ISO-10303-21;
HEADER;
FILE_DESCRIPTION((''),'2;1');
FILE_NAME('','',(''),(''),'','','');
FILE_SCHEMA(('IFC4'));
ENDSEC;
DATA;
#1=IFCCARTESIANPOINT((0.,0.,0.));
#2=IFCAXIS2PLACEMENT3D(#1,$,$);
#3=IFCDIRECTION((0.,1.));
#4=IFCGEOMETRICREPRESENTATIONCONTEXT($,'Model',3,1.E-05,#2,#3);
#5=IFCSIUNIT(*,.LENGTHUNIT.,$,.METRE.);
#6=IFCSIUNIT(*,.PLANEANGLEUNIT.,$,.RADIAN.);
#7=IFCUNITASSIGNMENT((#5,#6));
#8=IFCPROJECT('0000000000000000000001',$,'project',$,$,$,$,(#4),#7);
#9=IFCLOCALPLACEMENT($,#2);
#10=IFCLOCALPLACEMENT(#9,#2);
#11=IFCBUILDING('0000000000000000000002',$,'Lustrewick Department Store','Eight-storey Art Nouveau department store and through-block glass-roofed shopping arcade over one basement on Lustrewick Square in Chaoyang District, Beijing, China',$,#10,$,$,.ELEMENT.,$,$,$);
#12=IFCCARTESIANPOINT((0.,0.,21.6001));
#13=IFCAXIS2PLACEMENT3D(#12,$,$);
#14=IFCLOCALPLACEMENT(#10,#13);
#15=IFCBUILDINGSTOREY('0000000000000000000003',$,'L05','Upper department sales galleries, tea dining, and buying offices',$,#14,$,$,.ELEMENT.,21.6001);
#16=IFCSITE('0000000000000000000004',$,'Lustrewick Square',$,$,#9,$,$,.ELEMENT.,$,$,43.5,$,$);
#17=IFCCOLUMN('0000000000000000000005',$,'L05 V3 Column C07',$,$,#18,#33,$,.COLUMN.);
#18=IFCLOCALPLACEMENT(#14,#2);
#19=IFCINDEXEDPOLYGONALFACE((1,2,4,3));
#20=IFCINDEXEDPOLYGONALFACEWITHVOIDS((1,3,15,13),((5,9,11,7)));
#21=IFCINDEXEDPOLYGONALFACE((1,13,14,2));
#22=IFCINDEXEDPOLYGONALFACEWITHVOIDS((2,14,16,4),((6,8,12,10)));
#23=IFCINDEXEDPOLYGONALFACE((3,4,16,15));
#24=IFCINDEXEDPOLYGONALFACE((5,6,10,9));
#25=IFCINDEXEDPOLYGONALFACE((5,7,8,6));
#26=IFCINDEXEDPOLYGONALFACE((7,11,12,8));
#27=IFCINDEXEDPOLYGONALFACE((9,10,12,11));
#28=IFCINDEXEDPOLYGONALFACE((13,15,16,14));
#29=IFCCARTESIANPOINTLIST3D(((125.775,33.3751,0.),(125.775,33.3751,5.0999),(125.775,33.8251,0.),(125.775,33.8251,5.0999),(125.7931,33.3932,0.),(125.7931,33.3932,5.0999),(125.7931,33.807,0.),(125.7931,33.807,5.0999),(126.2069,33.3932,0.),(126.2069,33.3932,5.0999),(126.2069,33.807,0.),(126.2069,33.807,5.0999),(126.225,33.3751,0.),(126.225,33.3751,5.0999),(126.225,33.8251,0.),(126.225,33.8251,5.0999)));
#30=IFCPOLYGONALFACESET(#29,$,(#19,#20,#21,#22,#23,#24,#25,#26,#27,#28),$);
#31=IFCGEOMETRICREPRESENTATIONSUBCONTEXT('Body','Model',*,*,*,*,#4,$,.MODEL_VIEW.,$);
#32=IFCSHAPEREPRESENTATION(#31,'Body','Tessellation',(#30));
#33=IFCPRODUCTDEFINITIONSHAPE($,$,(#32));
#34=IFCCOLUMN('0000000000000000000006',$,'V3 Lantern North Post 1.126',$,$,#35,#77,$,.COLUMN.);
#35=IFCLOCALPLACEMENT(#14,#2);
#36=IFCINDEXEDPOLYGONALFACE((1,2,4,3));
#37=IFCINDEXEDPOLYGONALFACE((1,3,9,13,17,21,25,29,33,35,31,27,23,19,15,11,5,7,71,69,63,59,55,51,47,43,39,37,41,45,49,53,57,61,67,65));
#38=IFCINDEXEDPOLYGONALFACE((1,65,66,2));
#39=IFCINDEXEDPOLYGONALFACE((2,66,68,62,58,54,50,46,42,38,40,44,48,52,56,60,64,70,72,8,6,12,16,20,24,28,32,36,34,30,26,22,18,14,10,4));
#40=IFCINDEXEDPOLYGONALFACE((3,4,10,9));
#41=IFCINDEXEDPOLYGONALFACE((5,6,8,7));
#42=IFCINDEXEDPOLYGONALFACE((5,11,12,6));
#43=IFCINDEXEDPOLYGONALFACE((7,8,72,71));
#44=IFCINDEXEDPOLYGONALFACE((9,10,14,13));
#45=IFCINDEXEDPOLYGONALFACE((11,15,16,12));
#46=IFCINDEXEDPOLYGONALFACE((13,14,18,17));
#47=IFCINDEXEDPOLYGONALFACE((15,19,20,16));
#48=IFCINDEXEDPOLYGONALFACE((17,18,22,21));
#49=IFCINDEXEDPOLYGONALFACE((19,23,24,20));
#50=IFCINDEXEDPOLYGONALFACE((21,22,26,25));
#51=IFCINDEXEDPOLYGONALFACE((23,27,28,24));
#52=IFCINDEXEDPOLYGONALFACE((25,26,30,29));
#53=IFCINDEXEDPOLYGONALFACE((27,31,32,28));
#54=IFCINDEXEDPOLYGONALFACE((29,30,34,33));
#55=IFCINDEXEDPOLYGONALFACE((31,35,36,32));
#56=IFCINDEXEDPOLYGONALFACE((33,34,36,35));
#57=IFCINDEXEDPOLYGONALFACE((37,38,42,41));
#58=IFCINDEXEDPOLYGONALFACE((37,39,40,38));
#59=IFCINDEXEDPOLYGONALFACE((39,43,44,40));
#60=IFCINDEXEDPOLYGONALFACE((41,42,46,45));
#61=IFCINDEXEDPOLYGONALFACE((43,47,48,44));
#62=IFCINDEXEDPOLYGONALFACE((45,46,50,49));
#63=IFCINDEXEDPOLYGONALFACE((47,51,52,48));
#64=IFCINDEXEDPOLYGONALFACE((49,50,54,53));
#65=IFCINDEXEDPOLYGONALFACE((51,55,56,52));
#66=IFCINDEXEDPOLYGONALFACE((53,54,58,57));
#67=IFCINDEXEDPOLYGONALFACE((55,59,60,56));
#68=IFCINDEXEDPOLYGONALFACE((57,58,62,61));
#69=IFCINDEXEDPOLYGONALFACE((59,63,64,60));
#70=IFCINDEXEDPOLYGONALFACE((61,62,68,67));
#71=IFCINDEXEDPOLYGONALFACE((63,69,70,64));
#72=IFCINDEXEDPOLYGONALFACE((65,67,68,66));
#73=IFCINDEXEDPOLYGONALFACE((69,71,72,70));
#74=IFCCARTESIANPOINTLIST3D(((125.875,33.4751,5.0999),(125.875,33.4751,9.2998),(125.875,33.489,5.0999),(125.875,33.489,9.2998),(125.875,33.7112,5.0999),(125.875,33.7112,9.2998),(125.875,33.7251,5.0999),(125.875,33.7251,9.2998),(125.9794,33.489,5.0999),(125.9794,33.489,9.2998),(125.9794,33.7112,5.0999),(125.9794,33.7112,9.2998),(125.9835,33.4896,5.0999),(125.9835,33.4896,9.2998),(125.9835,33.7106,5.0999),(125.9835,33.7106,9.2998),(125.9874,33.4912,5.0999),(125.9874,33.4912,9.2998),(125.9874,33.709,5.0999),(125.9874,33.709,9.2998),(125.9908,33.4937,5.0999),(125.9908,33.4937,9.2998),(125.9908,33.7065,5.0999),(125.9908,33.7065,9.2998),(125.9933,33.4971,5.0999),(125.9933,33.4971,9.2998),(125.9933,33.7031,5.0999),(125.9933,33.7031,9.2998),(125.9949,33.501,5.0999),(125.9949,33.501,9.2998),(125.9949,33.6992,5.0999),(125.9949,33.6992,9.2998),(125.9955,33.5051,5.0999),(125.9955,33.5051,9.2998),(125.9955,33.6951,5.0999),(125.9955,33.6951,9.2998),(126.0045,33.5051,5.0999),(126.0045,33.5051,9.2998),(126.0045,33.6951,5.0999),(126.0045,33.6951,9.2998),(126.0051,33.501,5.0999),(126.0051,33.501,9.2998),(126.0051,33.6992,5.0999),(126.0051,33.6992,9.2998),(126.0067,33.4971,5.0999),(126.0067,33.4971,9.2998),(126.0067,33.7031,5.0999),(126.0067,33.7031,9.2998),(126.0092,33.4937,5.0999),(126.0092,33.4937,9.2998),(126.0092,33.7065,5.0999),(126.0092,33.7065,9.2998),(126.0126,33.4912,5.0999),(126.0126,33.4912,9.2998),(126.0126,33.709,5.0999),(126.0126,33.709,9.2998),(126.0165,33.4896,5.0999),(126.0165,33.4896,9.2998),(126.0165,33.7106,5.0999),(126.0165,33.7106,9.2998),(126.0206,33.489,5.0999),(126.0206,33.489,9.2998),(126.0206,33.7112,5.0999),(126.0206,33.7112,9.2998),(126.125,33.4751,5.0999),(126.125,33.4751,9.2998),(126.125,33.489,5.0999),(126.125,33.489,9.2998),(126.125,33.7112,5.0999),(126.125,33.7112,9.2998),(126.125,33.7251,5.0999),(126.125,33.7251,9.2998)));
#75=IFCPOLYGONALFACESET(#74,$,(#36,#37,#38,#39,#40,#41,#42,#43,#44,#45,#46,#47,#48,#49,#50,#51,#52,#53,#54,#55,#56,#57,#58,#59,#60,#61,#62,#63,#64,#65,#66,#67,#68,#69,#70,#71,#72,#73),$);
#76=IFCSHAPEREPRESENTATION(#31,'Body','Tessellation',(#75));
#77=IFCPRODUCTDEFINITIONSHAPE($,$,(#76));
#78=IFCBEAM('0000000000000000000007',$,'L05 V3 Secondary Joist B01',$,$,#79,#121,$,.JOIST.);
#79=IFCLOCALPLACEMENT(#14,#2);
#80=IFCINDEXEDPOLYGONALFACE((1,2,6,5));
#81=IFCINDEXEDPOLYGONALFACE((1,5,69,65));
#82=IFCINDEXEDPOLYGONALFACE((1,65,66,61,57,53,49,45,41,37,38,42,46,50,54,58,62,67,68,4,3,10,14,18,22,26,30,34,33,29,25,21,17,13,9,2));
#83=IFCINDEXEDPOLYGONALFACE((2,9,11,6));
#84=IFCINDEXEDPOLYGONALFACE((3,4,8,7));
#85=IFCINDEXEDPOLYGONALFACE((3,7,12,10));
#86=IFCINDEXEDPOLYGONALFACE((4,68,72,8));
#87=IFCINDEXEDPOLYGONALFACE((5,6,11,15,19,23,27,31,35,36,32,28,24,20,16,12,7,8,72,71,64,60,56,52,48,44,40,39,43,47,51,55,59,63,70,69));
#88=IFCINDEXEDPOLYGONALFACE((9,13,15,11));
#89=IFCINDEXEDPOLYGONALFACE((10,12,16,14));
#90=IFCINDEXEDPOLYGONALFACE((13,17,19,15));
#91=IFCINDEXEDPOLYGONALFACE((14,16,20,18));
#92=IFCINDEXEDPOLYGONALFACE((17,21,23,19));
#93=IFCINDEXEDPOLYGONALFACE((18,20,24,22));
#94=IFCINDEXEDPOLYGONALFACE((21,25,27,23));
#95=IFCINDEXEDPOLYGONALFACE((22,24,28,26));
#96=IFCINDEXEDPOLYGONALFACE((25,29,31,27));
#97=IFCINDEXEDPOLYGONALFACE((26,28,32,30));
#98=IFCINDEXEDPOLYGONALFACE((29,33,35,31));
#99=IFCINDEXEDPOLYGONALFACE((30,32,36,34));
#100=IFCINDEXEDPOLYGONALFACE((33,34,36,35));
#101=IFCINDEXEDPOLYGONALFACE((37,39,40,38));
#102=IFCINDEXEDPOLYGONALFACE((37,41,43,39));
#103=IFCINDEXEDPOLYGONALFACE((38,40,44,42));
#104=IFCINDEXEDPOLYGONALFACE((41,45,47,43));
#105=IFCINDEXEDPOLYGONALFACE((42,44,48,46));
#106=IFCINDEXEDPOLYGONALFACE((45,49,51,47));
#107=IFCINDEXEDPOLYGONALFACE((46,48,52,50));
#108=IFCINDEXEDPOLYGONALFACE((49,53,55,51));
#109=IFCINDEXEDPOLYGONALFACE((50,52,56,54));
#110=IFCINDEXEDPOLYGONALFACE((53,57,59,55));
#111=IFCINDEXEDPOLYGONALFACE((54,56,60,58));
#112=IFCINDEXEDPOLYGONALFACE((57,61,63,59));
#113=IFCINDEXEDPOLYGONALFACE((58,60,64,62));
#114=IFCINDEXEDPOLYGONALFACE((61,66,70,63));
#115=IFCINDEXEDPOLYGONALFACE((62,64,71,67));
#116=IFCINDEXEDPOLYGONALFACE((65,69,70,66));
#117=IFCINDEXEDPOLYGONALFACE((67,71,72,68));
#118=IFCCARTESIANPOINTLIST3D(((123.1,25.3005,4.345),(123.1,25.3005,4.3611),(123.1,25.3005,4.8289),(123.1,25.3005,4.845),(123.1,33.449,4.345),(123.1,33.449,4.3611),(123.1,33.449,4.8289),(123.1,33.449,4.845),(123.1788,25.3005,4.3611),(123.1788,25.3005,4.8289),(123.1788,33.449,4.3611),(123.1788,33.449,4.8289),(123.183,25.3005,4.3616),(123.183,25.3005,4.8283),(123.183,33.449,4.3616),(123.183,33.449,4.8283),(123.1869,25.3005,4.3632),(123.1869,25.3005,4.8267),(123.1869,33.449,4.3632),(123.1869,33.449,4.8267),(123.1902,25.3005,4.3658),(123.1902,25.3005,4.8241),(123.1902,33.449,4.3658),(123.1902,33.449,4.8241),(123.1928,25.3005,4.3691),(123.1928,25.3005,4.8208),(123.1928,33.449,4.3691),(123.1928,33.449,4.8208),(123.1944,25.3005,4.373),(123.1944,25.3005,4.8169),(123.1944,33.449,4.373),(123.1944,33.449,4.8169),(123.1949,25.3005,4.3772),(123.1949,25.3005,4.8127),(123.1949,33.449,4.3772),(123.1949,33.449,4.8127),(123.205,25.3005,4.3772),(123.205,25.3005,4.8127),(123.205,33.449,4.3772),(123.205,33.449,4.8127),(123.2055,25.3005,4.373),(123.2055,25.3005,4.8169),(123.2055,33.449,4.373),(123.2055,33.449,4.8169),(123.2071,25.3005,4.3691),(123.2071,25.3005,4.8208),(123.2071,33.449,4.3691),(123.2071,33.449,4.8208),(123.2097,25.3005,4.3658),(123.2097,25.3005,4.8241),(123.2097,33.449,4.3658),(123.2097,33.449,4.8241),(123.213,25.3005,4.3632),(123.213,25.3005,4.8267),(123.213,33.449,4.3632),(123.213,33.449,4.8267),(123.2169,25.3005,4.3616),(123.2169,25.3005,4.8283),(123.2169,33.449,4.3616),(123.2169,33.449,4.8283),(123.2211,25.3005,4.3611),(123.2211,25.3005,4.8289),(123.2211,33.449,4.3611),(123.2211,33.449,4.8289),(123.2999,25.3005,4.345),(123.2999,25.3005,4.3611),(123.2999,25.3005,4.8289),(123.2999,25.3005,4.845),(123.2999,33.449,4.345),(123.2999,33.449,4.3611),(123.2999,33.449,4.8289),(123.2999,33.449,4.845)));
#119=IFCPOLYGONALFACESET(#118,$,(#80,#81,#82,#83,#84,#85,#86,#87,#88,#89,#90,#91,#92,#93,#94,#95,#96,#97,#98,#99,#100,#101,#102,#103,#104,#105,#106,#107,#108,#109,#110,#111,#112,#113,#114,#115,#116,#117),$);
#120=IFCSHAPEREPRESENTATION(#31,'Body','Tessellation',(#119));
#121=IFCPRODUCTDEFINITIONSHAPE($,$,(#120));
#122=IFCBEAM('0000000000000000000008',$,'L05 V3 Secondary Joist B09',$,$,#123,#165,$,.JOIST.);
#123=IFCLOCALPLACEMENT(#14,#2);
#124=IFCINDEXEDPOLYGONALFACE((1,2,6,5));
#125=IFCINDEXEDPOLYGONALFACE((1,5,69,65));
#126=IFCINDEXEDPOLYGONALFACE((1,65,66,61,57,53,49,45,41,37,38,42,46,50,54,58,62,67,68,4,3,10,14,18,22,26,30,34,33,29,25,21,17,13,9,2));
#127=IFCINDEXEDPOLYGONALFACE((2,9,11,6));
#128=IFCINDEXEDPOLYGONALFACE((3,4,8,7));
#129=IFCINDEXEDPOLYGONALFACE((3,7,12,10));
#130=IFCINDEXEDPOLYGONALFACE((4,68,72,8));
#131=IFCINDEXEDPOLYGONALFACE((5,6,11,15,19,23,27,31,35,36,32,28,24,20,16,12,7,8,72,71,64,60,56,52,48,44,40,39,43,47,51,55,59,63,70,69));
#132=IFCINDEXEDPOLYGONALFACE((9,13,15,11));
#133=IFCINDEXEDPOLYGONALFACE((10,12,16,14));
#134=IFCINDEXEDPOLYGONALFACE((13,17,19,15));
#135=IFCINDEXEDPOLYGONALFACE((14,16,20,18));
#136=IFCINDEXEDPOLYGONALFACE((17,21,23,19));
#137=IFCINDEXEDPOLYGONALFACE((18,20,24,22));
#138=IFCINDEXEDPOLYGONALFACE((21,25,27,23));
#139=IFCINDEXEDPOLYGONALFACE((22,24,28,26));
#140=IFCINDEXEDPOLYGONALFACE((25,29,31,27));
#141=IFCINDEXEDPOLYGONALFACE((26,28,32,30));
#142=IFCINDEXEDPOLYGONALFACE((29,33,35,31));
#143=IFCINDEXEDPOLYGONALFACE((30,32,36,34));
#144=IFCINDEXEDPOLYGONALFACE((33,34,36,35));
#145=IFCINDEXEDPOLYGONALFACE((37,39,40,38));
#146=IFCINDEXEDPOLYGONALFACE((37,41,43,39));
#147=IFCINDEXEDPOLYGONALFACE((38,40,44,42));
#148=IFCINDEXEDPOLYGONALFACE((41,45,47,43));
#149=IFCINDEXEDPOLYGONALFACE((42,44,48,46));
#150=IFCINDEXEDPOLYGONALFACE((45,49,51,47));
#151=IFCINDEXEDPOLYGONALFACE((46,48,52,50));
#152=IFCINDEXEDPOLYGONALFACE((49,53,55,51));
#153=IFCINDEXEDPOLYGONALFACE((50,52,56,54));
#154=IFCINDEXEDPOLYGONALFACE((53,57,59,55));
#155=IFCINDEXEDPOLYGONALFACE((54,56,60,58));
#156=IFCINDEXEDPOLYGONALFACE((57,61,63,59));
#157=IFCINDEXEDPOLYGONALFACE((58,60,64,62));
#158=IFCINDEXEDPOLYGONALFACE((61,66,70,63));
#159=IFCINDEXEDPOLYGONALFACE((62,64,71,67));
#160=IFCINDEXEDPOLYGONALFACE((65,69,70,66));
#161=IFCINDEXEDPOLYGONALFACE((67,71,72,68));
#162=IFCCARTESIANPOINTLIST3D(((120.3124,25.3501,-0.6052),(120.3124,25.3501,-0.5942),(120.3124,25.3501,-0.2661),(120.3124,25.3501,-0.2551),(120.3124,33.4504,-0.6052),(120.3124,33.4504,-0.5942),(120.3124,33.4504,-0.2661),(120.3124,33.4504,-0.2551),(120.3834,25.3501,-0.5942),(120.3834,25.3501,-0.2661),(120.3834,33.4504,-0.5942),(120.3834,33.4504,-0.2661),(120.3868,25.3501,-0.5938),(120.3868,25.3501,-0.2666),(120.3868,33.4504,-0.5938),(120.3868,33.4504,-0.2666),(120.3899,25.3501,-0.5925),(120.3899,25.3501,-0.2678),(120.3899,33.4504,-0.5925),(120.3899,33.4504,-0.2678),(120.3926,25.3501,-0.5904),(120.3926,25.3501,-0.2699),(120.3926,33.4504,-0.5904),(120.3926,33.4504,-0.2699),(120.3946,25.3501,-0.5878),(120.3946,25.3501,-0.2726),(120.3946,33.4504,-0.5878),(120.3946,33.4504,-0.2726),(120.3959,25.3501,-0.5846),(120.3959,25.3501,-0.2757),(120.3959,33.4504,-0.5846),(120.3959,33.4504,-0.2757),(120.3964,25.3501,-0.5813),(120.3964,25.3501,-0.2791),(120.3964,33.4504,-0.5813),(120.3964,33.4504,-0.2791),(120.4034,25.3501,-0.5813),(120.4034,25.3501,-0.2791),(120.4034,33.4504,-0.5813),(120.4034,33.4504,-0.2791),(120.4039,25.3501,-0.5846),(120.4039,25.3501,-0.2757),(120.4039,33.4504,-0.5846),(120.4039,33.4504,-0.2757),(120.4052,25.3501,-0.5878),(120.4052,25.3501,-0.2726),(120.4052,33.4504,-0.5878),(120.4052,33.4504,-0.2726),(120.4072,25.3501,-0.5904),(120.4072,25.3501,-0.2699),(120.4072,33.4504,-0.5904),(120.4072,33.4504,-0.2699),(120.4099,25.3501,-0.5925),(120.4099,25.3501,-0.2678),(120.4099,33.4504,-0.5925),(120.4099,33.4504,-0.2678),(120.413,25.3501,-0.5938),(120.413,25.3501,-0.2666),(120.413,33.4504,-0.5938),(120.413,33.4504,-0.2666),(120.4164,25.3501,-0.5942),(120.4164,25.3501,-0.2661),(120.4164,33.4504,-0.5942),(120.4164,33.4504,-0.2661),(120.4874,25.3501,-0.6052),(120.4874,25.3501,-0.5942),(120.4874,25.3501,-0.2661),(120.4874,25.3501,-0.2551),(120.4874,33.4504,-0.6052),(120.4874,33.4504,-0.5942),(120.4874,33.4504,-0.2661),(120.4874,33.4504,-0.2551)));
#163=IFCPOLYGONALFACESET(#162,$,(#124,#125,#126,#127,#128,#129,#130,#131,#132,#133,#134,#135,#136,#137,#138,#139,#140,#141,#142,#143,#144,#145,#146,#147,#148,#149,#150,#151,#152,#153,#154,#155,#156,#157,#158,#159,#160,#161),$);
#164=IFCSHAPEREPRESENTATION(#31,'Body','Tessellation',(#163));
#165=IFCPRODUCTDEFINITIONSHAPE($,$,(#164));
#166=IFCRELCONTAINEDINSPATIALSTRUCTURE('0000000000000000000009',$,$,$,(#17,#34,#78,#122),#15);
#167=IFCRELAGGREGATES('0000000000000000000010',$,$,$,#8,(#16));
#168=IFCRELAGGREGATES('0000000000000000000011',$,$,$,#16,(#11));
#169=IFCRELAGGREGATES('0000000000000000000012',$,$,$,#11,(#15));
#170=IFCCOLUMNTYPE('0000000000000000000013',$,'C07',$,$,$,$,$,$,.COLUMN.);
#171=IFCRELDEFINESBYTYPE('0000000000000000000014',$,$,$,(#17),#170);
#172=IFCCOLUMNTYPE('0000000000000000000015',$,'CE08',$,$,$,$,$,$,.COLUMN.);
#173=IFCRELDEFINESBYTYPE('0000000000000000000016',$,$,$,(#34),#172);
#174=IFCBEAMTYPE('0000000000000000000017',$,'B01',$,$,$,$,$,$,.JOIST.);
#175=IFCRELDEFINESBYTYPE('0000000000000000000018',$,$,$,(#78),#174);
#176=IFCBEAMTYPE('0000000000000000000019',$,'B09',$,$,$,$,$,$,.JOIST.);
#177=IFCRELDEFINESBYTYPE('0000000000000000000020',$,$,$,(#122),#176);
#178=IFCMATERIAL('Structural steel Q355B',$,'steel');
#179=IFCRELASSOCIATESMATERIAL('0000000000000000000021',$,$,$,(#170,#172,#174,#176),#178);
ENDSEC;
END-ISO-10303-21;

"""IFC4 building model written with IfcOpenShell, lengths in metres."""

from ifc_helpers import new_model, si_unit, direction, frame, origin, origin_2d, place, context, subcontext, project, spatial, hollow_rectangle, i_section, extrude, material, material_profile, profile_set, type_object, element, save


model = new_model("IFC4")

# Units and contexts
model_context = context("Model", 3, precision=1e-05, world=origin(), true_north=direction((0.0, 1.0)))
body_context = subcontext(model_context, "Body", "Model", "MODEL_VIEW")
ifc_project = project(units=[si_unit("LENGTHUNIT", "METRE"), si_unit("PLANEANGLEUNIT", "RADIAN")], contexts=[model_context])

# Site, building, storey
site_placement = place(None, origin())
site = spatial("IfcSite", under=ifc_project, at=site_placement, Name="Lustrewick Square", CompositionType="ELEMENT", RefElevation=43.5)
building_placement = place(site_placement, origin())
building = spatial("IfcBuilding", under=site, at=building_placement, Name="Lustrewick Department Store", Description="Eight-storey Art Nouveau department store and through-block glass-roofed shopping arcade over one basement on Lustrewick Square in Chaoyang District, Beijing, China", CompositionType="ELEMENT")
storey_placement = place(building_placement, frame((0.0, 0.0, 21.6001)))
storey = spatial("IfcBuildingStorey", under=building, at=storey_placement, Name="L05", Description="Upper department sales galleries, tea dining, and buying offices", CompositionType="ELEMENT", Elevation=21.6001)

# Columns
ifc_material_1 = material(Name="Structural steel Q355B", Category="steel")
ifc_material_profile_1 = material_profile(ifc_material_1, hollow_rectangle(XDim=0.45, YDim=0.45, WallThickness=0.0181, at=origin_2d()), Name="BOX 450x450x18")
ifc_profile_set_1 = profile_set([ifc_material_profile_1], Name="Structural steel Q355B")
column_type_1 = type_object("IfcColumnType", Name="C07", PredefinedType="COLUMN", material=ifc_profile_set_1)
column_1_placement = place(storey_placement, frame((126.0, 33.6001, 0.0), z_axis=(0.0, 0.0, 1.0), x_axis=(1.0, 0.0, 0.0)))
element("IfcColumn", 1, at=column_1_placement, inside=storey, type_object=column_type_1, Name="L05 V3 Column C07", PredefinedType="COLUMN", context=body_context, shape_type="SweptSolid", body=[
    extrude(hollow_rectangle(XDim=0.45, YDim=0.45, WallThickness=0.0181, at=origin_2d()), origin(), (0.0, 0.0, 1.0), 5.0999),
])
ifc_material_profile_2 = material_profile(ifc_material_1, i_section(OverallWidth=0.25, OverallDepth=0.25, WebThickness=0.009, FlangeThickness=0.0139, FilletRadius=0.0161, at=origin_2d()), Name="HW 250x250x9x14")
ifc_profile_set_2 = profile_set([ifc_material_profile_2], Name="Structural steel Q355B")
column_type_2 = type_object("IfcColumnType", Name="CE08", PredefinedType="COLUMN", material=ifc_profile_set_2)
column_2_placement = place(storey_placement, frame((126.0, 33.6001, 5.0999), z_axis=(0.0, 0.0, 1.0), x_axis=(1.0, 0.0, 0.0)))
element("IfcColumn", 2, at=column_2_placement, inside=storey, type_object=column_type_2, Name="V3 Lantern North Post 1.126", PredefinedType="COLUMN", context=body_context, shape_type="SweptSolid", body=[
    extrude(i_section(OverallWidth=0.25, OverallDepth=0.25, WebThickness=0.009, FlangeThickness=0.0139, FilletRadius=0.0161, at=origin_2d()), origin(), (0.0, 0.0, 1.0), 4.2),
])

# Beams
ifc_material_profile_3 = material_profile(ifc_material_1, i_section(OverallWidth=0.2, OverallDepth=0.5, WebThickness=0.01, FlangeThickness=0.0161, FilletRadius=0.0161, at=origin_2d()), Name="HN 500x200x10x16")
ifc_profile_set_3 = profile_set([ifc_material_profile_3], Name="Structural steel Q355B")
beam_type_1 = type_object("IfcBeamType", Name="B01", PredefinedType="JOIST", material=ifc_profile_set_3)
beam_1_placement = place(storey_placement, frame((123.2, 25.3005, 4.595), z_axis=(0.0, 1.0, 0.0), x_axis=(-1.0, 0.0, 0.0)))
element("IfcBeam", 3, at=beam_1_placement, inside=storey, type_object=beam_type_1, Name="L05 V3 Secondary Joist B01", PredefinedType="JOIST", context=body_context, shape_type="SweptSolid", body=[
    extrude(i_section(OverallWidth=0.2, OverallDepth=0.5, WebThickness=0.01, FlangeThickness=0.0161, FilletRadius=0.0161, at=origin_2d()), origin(), (0.0, 0.0, 1.0), 8.1484),
])
ifc_material_profile_4 = material_profile(ifc_material_1, i_section(OverallWidth=0.175, OverallDepth=0.3501, WebThickness=0.0071, FlangeThickness=0.011, FilletRadius=0.0129, at=origin_2d()), Name="HN 350x175x7x11")
ifc_profile_set_4 = profile_set([ifc_material_profile_4], Name="Structural steel Q355B")
beam_type_2 = type_object("IfcBeamType", Name="B09", PredefinedType="JOIST", material=ifc_profile_set_4)
beam_2_placement = place(storey_placement, frame((120.3999, 25.3501, -0.4302), z_axis=(0.0, 1.0, 0.0), x_axis=(-1.0, 0.0, 0.0)))
element("IfcBeam", 4, at=beam_2_placement, inside=storey, type_object=beam_type_2, Name="L05 V3 Secondary Joist B09", PredefinedType="JOIST", context=body_context, shape_type="SweptSolid", body=[
    extrude(i_section(OverallWidth=0.175, OverallDepth=0.3501, WebThickness=0.0071, FlangeThickness=0.011, FilletRadius=0.0129, at=origin_2d()), origin(), (0.0, 0.0, 1.0), 8.1003),
])

save(model, "model.ifc")
